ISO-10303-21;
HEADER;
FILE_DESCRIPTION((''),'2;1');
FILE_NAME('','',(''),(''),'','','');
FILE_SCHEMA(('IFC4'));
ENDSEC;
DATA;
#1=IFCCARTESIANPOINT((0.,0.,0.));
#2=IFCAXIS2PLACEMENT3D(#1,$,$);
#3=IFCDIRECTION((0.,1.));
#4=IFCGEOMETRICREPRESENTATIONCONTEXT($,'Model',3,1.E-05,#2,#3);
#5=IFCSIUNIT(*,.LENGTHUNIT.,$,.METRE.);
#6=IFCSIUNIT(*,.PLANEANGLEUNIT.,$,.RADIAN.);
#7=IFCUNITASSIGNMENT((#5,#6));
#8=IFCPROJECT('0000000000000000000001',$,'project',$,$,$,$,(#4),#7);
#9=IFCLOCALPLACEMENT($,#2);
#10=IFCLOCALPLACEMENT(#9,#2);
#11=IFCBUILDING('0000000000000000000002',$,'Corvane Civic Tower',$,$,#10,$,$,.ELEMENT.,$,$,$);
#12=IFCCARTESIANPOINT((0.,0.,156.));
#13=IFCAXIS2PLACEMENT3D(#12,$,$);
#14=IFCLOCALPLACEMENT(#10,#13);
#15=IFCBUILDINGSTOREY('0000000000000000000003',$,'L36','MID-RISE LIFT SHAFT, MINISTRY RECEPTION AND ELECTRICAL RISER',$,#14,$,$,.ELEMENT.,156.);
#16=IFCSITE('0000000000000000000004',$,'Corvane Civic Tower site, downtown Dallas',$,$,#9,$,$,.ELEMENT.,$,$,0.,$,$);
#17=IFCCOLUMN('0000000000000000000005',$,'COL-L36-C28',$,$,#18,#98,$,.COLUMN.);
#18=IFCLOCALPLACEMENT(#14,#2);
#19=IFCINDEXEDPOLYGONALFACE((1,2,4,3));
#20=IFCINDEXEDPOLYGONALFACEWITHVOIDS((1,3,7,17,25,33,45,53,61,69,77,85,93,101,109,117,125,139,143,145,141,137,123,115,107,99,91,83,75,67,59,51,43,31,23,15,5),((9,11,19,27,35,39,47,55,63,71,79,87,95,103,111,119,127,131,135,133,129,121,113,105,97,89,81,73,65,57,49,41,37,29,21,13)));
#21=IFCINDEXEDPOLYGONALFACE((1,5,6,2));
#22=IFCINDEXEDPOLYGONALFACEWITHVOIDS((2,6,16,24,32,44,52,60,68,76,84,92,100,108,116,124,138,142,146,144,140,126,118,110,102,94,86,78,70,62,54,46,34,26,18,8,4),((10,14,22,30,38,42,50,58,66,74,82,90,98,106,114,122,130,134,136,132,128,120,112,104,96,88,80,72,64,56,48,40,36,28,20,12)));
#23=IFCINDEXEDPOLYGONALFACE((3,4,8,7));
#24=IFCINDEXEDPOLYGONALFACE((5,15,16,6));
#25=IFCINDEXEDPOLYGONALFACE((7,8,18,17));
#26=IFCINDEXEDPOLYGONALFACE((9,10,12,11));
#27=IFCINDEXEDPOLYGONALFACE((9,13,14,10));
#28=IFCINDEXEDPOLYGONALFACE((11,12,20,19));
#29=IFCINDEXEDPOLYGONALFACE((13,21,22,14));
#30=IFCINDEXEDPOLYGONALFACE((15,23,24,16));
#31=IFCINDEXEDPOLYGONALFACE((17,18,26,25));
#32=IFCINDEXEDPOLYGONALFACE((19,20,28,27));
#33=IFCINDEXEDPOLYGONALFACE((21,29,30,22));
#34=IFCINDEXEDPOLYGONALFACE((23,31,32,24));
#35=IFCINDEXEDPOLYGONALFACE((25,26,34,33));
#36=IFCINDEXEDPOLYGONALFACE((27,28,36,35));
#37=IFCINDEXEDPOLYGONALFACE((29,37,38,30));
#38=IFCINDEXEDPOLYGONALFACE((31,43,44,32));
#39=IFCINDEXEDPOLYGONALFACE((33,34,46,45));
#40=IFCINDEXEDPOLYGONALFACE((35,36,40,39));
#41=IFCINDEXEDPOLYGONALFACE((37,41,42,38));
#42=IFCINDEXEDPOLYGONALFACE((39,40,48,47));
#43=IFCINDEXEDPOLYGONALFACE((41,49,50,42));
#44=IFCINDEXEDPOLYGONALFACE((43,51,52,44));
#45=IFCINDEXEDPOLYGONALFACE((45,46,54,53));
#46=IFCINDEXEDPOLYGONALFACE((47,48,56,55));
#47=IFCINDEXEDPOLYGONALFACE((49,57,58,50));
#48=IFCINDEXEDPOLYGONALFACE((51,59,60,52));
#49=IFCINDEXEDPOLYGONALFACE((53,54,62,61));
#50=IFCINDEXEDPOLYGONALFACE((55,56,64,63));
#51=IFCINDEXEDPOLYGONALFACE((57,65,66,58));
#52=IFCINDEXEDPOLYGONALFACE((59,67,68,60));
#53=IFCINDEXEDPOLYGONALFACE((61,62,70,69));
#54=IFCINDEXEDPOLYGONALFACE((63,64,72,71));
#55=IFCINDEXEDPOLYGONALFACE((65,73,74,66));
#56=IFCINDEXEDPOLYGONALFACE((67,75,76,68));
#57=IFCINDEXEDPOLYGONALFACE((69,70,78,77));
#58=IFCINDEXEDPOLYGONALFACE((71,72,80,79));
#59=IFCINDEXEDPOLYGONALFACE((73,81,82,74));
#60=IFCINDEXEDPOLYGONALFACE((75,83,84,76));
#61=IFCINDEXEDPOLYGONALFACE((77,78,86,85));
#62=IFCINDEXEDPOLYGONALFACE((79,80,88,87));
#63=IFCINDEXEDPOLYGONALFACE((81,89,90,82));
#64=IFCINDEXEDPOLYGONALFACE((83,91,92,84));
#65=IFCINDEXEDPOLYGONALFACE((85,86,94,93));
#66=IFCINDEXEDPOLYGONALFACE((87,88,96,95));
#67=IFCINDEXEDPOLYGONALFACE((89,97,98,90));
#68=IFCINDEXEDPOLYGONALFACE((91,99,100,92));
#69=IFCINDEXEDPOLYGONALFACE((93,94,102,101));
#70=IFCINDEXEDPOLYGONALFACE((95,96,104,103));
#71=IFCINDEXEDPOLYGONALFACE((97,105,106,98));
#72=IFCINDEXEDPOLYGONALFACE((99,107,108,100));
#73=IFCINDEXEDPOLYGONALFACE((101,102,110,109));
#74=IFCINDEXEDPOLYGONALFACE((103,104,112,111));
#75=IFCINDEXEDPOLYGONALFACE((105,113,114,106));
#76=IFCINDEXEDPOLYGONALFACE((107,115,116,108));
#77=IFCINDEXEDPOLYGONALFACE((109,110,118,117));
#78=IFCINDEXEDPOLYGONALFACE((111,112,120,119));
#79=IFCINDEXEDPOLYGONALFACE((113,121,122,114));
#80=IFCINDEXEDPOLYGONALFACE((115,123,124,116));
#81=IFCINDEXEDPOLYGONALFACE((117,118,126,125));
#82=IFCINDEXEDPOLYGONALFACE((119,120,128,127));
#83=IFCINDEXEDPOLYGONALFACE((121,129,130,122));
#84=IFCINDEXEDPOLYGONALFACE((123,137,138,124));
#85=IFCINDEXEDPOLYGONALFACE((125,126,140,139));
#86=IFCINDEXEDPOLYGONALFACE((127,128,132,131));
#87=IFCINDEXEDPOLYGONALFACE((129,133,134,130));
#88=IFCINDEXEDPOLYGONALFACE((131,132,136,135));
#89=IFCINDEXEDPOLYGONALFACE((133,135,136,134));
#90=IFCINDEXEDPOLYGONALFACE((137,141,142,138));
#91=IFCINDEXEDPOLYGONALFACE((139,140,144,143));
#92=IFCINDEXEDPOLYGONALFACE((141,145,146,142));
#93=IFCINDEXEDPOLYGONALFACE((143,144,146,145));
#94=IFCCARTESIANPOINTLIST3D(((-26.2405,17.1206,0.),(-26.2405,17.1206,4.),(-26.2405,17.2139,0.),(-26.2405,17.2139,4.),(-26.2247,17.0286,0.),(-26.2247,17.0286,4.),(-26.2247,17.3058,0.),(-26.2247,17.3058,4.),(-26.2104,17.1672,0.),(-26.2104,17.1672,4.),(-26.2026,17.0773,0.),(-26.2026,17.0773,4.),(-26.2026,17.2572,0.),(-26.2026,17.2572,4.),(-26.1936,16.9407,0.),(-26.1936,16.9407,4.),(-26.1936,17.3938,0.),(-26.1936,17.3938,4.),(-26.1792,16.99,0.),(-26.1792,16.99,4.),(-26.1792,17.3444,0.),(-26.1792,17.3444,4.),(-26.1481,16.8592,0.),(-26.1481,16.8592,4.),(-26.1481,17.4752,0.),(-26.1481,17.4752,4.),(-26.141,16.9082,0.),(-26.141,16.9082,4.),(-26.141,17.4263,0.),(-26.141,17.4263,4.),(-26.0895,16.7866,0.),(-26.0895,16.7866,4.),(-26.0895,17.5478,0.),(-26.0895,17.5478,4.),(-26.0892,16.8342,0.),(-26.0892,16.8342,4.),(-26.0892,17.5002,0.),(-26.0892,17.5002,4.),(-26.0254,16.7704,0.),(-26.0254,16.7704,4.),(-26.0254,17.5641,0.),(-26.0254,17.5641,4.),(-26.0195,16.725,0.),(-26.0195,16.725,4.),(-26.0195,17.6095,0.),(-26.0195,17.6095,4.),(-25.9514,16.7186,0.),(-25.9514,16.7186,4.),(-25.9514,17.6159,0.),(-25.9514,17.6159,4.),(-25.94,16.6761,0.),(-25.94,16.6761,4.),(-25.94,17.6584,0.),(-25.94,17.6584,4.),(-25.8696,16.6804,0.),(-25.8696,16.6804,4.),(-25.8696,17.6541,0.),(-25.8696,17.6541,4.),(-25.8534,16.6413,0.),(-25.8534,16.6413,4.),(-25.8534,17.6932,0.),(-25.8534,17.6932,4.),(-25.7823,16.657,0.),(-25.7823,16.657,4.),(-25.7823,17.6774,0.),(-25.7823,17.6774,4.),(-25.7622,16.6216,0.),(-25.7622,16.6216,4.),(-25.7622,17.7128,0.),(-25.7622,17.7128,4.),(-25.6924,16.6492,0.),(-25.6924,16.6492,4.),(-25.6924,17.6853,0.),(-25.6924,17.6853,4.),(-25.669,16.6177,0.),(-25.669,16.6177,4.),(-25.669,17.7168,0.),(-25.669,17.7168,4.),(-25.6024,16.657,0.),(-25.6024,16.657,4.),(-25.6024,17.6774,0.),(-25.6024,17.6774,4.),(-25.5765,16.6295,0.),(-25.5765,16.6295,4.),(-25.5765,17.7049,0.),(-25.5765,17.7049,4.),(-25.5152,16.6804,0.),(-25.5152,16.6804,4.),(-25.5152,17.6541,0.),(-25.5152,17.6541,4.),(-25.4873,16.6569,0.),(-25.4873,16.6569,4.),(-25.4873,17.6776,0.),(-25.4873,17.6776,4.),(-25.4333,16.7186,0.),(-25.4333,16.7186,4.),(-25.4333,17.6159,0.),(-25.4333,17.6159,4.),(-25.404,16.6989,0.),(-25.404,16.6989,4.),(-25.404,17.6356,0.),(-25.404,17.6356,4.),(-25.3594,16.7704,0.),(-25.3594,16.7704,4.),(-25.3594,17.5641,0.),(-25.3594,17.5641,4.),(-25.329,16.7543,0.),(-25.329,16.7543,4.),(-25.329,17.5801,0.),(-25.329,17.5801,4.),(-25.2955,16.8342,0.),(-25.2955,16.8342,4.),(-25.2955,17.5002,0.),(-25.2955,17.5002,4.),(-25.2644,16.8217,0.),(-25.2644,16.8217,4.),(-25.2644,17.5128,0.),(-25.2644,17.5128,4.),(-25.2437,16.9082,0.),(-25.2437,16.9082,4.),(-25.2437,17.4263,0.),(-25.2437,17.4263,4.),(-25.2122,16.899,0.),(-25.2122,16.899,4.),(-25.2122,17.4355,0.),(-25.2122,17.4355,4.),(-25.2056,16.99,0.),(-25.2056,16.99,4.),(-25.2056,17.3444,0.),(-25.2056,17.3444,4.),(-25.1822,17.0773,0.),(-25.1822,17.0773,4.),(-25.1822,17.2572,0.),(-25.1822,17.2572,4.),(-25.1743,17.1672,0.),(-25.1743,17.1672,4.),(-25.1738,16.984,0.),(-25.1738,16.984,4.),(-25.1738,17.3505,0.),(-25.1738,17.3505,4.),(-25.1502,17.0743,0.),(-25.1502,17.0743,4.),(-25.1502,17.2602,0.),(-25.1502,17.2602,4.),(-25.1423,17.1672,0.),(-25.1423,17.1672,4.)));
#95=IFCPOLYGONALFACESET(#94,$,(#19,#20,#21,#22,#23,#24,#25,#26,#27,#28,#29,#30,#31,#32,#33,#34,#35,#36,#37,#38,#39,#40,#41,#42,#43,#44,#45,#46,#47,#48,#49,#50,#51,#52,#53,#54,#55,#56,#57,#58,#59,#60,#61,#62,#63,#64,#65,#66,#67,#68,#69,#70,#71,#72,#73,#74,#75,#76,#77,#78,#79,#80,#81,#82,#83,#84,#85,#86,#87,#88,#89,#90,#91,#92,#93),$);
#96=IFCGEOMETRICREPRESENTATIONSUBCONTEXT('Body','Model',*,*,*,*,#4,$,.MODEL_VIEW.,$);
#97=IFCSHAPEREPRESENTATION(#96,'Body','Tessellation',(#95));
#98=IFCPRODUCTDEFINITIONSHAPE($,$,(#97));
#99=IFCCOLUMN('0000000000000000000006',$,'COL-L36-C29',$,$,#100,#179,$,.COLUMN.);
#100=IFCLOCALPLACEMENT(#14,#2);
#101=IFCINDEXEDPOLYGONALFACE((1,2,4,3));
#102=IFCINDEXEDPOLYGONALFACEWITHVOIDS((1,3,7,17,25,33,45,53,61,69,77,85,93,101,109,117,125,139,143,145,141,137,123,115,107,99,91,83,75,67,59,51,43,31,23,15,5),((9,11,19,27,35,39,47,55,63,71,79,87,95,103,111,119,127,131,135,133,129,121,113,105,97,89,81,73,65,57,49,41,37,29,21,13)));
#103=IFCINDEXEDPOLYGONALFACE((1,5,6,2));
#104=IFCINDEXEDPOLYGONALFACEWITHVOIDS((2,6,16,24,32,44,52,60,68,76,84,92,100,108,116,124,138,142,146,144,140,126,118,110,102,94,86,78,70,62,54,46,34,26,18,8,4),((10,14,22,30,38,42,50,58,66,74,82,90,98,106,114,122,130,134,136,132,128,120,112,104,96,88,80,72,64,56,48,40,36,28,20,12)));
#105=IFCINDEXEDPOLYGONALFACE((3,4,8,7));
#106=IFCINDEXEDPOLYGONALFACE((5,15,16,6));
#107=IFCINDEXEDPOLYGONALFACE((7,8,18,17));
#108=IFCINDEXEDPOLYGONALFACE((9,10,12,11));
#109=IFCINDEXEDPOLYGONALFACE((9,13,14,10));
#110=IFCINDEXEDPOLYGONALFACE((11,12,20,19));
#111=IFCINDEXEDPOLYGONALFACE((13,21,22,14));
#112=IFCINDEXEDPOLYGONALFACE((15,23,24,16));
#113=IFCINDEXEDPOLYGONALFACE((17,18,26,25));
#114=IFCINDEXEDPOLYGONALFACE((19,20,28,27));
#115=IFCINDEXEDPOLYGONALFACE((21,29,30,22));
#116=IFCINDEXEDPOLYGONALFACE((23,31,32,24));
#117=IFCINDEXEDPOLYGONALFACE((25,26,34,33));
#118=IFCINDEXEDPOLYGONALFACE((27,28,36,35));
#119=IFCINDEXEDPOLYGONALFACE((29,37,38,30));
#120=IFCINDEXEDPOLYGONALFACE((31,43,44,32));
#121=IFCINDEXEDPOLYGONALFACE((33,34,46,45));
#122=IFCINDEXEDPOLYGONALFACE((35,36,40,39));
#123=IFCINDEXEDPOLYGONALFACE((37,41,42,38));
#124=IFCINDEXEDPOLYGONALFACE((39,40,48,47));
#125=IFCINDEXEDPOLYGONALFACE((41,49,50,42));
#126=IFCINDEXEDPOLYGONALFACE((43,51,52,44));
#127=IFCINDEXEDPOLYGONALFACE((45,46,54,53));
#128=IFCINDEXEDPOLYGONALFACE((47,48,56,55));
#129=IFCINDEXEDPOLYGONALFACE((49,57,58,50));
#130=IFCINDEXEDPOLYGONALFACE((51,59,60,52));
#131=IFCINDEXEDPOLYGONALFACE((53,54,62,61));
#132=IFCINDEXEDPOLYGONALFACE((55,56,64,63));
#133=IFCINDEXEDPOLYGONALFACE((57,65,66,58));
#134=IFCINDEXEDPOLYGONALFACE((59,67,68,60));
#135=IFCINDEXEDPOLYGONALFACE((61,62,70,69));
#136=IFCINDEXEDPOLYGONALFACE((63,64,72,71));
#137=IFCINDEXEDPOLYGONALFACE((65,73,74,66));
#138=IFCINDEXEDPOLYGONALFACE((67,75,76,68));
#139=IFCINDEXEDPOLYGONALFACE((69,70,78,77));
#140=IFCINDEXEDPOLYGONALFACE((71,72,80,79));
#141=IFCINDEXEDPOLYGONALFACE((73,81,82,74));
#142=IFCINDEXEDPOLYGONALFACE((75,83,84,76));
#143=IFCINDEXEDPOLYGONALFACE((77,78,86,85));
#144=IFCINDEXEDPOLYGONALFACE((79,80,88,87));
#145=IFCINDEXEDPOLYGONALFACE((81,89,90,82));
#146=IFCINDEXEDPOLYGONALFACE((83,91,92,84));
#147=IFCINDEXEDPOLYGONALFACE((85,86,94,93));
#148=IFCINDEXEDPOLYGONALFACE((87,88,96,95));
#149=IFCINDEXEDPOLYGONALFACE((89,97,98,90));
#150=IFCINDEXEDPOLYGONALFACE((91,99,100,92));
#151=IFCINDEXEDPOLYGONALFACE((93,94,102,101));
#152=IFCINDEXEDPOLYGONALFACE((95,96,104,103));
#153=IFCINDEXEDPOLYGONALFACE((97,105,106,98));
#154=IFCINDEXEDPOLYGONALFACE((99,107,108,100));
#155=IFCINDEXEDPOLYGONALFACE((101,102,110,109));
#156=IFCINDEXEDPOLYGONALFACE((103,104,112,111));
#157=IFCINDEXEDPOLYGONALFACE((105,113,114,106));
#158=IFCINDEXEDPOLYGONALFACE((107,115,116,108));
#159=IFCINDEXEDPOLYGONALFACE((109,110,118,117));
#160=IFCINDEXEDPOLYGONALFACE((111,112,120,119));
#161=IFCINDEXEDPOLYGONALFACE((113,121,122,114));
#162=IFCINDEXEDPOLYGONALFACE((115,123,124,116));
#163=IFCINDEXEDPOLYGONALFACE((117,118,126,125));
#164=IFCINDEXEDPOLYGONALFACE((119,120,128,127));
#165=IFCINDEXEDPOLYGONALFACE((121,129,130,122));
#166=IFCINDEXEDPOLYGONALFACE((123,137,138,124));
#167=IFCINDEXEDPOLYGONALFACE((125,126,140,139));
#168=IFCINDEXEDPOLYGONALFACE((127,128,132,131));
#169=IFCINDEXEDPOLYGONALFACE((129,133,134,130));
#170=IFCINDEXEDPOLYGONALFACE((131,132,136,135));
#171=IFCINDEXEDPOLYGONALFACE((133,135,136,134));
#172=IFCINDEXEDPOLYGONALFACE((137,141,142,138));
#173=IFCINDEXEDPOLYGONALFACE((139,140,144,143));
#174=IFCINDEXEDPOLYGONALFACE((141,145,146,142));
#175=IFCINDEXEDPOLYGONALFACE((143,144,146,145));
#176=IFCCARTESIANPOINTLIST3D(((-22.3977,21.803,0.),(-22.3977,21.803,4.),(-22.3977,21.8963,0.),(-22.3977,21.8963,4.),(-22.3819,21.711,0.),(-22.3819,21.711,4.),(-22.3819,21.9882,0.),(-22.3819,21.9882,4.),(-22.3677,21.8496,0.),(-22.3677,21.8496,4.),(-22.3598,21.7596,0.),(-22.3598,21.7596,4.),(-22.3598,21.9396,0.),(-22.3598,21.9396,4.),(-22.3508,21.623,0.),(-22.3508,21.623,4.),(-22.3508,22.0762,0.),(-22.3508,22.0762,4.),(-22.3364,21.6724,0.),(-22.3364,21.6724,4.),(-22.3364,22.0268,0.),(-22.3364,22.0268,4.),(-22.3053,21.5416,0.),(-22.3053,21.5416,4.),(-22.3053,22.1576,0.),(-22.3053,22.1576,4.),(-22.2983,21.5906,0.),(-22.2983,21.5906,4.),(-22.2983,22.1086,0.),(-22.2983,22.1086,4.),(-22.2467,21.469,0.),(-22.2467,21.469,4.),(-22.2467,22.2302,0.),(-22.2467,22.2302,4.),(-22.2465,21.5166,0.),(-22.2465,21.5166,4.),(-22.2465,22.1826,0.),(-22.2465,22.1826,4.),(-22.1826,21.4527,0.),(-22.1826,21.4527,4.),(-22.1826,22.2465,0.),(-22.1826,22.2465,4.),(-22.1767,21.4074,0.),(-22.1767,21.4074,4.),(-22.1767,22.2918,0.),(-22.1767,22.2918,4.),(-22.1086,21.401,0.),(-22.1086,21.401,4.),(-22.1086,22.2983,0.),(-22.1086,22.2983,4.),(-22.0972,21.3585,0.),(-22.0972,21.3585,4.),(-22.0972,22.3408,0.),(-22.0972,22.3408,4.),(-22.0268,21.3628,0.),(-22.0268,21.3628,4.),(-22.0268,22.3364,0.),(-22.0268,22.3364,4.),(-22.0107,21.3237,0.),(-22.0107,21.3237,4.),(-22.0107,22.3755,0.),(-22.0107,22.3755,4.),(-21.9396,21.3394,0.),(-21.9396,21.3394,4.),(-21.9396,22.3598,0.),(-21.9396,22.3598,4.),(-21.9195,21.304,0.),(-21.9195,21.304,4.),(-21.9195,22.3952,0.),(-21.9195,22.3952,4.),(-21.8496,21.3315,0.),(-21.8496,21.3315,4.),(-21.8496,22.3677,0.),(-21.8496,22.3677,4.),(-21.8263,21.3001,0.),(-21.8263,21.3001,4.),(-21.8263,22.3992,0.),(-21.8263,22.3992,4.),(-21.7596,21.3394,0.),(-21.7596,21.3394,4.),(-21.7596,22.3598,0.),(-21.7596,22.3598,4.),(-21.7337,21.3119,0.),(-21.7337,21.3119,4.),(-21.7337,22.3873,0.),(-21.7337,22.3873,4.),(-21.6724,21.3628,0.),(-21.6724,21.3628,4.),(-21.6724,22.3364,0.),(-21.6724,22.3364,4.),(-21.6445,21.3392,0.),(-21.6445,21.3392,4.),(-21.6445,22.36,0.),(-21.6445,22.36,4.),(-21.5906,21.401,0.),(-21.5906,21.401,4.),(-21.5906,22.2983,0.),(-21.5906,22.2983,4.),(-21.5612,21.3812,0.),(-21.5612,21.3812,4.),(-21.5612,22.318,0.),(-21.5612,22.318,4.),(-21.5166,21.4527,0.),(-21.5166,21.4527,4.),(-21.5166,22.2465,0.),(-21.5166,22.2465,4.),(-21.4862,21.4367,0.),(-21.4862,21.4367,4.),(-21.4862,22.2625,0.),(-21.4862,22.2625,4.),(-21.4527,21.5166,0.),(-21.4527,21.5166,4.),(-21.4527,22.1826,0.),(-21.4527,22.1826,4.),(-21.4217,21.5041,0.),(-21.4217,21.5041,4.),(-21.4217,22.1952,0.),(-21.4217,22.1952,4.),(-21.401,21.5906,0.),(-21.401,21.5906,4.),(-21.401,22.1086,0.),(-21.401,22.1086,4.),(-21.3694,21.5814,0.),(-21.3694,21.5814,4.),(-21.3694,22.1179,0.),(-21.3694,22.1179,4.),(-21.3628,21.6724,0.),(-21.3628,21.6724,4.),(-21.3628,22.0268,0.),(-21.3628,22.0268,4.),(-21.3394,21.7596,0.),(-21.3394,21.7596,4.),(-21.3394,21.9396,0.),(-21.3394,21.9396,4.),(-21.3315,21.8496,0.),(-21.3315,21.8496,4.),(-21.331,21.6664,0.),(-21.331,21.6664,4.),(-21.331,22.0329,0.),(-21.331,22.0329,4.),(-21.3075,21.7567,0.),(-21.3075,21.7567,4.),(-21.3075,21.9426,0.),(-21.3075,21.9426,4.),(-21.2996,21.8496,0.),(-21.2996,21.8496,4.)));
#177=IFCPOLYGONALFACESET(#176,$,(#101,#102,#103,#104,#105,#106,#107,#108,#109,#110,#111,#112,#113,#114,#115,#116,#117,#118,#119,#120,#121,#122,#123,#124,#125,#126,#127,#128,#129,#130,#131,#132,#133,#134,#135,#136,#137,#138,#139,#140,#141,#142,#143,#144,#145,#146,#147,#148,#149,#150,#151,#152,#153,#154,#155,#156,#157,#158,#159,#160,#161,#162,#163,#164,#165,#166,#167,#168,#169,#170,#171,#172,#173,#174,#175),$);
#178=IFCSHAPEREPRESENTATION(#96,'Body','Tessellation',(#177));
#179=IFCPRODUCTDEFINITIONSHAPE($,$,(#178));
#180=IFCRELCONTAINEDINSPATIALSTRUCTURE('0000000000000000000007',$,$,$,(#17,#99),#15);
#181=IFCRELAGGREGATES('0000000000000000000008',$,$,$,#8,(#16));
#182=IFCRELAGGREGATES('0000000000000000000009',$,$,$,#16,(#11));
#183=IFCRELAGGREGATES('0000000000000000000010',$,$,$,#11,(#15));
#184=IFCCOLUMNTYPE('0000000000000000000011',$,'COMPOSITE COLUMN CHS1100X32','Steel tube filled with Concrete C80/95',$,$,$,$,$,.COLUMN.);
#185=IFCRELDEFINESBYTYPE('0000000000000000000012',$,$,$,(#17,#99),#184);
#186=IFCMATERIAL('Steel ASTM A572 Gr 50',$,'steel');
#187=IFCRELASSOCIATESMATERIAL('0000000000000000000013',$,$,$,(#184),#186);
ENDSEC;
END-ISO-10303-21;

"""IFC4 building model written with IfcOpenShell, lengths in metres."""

from ifc_helpers import new_model, si_unit, direction, frame, origin, origin_2d, place, context, subcontext, project, spatial, hollow_circle, extrude, material, material_profile, profile_set, type_object, element, save


model = new_model("IFC4")

# Units and contexts
model_context = context("Model", 3, precision=1e-05, world=origin(), true_north=direction((0.0, 1.0)))
body_context = subcontext(model_context, "Body", "Model", "MODEL_VIEW")
ifc_project = project(units=[si_unit("LENGTHUNIT", "METRE"), si_unit("PLANEANGLEUNIT", "RADIAN")], contexts=[model_context])

# Site, building, storey
site_placement = place(None, origin())
site = spatial("IfcSite", under=ifc_project, at=site_placement, Name="Corvane Civic Tower site, downtown Dallas", CompositionType="ELEMENT", RefElevation=0.0)
building_placement = place(site_placement, origin())
building = spatial("IfcBuilding", under=site, at=building_placement, Name="Corvane Civic Tower", CompositionType="ELEMENT")
storey_placement = place(building_placement, frame((0.0, 0.0, 156.0)))
storey = spatial("IfcBuildingStorey", under=building, at=storey_placement, Name="L36", Description="MID-RISE LIFT SHAFT, MINISTRY RECEPTION AND ELECTRICAL RISER", CompositionType="ELEMENT", Elevation=156.0)

# Columns
ifc_material_1 = material(Name="Steel ASTM A572 Gr 50", Category="steel")
ifc_material_profile_1 = material_profile(ifc_material_1, hollow_circle(Radius=0.55, WallThickness=0.032, at=origin_2d()), Name="CHS1100X32")
ifc_profile_set_1 = profile_set([ifc_material_profile_1], Name="Steel ASTM A572 Gr 50")
column_type = type_object("IfcColumnType", Name="COMPOSITE COLUMN CHS1100X32", Description="Steel tube filled with Concrete C80/95", PredefinedType="COLUMN", material=ifc_profile_set_1)
for number, where, z_axis, x_axis, name in (
    (1, (-25.6924, 17.1672, 0.0), (0.0, 0.0, 1.0), (1.0, 0.0, 0.0), "COL-L36-C28"),
    (2, (-21.8496, 21.8496, 0.0), (0.0, 0.0, 1.0), (1.0, 0.0, 0.0), "COL-L36-C29"),
):
    element("IfcColumn", number, at=place(storey_placement, frame(where, z_axis=z_axis, x_axis=x_axis)), inside=storey, type_object=column_type, Name=name, PredefinedType="COLUMN", context=body_context, shape_type="SweptSolid", body=[
        extrude(hollow_circle(Radius=0.55, WallThickness=0.032, at=origin_2d()), origin(), (0.0, 0.0, 1.0), 4.0),
    ])

save(model, "model.ifc")
